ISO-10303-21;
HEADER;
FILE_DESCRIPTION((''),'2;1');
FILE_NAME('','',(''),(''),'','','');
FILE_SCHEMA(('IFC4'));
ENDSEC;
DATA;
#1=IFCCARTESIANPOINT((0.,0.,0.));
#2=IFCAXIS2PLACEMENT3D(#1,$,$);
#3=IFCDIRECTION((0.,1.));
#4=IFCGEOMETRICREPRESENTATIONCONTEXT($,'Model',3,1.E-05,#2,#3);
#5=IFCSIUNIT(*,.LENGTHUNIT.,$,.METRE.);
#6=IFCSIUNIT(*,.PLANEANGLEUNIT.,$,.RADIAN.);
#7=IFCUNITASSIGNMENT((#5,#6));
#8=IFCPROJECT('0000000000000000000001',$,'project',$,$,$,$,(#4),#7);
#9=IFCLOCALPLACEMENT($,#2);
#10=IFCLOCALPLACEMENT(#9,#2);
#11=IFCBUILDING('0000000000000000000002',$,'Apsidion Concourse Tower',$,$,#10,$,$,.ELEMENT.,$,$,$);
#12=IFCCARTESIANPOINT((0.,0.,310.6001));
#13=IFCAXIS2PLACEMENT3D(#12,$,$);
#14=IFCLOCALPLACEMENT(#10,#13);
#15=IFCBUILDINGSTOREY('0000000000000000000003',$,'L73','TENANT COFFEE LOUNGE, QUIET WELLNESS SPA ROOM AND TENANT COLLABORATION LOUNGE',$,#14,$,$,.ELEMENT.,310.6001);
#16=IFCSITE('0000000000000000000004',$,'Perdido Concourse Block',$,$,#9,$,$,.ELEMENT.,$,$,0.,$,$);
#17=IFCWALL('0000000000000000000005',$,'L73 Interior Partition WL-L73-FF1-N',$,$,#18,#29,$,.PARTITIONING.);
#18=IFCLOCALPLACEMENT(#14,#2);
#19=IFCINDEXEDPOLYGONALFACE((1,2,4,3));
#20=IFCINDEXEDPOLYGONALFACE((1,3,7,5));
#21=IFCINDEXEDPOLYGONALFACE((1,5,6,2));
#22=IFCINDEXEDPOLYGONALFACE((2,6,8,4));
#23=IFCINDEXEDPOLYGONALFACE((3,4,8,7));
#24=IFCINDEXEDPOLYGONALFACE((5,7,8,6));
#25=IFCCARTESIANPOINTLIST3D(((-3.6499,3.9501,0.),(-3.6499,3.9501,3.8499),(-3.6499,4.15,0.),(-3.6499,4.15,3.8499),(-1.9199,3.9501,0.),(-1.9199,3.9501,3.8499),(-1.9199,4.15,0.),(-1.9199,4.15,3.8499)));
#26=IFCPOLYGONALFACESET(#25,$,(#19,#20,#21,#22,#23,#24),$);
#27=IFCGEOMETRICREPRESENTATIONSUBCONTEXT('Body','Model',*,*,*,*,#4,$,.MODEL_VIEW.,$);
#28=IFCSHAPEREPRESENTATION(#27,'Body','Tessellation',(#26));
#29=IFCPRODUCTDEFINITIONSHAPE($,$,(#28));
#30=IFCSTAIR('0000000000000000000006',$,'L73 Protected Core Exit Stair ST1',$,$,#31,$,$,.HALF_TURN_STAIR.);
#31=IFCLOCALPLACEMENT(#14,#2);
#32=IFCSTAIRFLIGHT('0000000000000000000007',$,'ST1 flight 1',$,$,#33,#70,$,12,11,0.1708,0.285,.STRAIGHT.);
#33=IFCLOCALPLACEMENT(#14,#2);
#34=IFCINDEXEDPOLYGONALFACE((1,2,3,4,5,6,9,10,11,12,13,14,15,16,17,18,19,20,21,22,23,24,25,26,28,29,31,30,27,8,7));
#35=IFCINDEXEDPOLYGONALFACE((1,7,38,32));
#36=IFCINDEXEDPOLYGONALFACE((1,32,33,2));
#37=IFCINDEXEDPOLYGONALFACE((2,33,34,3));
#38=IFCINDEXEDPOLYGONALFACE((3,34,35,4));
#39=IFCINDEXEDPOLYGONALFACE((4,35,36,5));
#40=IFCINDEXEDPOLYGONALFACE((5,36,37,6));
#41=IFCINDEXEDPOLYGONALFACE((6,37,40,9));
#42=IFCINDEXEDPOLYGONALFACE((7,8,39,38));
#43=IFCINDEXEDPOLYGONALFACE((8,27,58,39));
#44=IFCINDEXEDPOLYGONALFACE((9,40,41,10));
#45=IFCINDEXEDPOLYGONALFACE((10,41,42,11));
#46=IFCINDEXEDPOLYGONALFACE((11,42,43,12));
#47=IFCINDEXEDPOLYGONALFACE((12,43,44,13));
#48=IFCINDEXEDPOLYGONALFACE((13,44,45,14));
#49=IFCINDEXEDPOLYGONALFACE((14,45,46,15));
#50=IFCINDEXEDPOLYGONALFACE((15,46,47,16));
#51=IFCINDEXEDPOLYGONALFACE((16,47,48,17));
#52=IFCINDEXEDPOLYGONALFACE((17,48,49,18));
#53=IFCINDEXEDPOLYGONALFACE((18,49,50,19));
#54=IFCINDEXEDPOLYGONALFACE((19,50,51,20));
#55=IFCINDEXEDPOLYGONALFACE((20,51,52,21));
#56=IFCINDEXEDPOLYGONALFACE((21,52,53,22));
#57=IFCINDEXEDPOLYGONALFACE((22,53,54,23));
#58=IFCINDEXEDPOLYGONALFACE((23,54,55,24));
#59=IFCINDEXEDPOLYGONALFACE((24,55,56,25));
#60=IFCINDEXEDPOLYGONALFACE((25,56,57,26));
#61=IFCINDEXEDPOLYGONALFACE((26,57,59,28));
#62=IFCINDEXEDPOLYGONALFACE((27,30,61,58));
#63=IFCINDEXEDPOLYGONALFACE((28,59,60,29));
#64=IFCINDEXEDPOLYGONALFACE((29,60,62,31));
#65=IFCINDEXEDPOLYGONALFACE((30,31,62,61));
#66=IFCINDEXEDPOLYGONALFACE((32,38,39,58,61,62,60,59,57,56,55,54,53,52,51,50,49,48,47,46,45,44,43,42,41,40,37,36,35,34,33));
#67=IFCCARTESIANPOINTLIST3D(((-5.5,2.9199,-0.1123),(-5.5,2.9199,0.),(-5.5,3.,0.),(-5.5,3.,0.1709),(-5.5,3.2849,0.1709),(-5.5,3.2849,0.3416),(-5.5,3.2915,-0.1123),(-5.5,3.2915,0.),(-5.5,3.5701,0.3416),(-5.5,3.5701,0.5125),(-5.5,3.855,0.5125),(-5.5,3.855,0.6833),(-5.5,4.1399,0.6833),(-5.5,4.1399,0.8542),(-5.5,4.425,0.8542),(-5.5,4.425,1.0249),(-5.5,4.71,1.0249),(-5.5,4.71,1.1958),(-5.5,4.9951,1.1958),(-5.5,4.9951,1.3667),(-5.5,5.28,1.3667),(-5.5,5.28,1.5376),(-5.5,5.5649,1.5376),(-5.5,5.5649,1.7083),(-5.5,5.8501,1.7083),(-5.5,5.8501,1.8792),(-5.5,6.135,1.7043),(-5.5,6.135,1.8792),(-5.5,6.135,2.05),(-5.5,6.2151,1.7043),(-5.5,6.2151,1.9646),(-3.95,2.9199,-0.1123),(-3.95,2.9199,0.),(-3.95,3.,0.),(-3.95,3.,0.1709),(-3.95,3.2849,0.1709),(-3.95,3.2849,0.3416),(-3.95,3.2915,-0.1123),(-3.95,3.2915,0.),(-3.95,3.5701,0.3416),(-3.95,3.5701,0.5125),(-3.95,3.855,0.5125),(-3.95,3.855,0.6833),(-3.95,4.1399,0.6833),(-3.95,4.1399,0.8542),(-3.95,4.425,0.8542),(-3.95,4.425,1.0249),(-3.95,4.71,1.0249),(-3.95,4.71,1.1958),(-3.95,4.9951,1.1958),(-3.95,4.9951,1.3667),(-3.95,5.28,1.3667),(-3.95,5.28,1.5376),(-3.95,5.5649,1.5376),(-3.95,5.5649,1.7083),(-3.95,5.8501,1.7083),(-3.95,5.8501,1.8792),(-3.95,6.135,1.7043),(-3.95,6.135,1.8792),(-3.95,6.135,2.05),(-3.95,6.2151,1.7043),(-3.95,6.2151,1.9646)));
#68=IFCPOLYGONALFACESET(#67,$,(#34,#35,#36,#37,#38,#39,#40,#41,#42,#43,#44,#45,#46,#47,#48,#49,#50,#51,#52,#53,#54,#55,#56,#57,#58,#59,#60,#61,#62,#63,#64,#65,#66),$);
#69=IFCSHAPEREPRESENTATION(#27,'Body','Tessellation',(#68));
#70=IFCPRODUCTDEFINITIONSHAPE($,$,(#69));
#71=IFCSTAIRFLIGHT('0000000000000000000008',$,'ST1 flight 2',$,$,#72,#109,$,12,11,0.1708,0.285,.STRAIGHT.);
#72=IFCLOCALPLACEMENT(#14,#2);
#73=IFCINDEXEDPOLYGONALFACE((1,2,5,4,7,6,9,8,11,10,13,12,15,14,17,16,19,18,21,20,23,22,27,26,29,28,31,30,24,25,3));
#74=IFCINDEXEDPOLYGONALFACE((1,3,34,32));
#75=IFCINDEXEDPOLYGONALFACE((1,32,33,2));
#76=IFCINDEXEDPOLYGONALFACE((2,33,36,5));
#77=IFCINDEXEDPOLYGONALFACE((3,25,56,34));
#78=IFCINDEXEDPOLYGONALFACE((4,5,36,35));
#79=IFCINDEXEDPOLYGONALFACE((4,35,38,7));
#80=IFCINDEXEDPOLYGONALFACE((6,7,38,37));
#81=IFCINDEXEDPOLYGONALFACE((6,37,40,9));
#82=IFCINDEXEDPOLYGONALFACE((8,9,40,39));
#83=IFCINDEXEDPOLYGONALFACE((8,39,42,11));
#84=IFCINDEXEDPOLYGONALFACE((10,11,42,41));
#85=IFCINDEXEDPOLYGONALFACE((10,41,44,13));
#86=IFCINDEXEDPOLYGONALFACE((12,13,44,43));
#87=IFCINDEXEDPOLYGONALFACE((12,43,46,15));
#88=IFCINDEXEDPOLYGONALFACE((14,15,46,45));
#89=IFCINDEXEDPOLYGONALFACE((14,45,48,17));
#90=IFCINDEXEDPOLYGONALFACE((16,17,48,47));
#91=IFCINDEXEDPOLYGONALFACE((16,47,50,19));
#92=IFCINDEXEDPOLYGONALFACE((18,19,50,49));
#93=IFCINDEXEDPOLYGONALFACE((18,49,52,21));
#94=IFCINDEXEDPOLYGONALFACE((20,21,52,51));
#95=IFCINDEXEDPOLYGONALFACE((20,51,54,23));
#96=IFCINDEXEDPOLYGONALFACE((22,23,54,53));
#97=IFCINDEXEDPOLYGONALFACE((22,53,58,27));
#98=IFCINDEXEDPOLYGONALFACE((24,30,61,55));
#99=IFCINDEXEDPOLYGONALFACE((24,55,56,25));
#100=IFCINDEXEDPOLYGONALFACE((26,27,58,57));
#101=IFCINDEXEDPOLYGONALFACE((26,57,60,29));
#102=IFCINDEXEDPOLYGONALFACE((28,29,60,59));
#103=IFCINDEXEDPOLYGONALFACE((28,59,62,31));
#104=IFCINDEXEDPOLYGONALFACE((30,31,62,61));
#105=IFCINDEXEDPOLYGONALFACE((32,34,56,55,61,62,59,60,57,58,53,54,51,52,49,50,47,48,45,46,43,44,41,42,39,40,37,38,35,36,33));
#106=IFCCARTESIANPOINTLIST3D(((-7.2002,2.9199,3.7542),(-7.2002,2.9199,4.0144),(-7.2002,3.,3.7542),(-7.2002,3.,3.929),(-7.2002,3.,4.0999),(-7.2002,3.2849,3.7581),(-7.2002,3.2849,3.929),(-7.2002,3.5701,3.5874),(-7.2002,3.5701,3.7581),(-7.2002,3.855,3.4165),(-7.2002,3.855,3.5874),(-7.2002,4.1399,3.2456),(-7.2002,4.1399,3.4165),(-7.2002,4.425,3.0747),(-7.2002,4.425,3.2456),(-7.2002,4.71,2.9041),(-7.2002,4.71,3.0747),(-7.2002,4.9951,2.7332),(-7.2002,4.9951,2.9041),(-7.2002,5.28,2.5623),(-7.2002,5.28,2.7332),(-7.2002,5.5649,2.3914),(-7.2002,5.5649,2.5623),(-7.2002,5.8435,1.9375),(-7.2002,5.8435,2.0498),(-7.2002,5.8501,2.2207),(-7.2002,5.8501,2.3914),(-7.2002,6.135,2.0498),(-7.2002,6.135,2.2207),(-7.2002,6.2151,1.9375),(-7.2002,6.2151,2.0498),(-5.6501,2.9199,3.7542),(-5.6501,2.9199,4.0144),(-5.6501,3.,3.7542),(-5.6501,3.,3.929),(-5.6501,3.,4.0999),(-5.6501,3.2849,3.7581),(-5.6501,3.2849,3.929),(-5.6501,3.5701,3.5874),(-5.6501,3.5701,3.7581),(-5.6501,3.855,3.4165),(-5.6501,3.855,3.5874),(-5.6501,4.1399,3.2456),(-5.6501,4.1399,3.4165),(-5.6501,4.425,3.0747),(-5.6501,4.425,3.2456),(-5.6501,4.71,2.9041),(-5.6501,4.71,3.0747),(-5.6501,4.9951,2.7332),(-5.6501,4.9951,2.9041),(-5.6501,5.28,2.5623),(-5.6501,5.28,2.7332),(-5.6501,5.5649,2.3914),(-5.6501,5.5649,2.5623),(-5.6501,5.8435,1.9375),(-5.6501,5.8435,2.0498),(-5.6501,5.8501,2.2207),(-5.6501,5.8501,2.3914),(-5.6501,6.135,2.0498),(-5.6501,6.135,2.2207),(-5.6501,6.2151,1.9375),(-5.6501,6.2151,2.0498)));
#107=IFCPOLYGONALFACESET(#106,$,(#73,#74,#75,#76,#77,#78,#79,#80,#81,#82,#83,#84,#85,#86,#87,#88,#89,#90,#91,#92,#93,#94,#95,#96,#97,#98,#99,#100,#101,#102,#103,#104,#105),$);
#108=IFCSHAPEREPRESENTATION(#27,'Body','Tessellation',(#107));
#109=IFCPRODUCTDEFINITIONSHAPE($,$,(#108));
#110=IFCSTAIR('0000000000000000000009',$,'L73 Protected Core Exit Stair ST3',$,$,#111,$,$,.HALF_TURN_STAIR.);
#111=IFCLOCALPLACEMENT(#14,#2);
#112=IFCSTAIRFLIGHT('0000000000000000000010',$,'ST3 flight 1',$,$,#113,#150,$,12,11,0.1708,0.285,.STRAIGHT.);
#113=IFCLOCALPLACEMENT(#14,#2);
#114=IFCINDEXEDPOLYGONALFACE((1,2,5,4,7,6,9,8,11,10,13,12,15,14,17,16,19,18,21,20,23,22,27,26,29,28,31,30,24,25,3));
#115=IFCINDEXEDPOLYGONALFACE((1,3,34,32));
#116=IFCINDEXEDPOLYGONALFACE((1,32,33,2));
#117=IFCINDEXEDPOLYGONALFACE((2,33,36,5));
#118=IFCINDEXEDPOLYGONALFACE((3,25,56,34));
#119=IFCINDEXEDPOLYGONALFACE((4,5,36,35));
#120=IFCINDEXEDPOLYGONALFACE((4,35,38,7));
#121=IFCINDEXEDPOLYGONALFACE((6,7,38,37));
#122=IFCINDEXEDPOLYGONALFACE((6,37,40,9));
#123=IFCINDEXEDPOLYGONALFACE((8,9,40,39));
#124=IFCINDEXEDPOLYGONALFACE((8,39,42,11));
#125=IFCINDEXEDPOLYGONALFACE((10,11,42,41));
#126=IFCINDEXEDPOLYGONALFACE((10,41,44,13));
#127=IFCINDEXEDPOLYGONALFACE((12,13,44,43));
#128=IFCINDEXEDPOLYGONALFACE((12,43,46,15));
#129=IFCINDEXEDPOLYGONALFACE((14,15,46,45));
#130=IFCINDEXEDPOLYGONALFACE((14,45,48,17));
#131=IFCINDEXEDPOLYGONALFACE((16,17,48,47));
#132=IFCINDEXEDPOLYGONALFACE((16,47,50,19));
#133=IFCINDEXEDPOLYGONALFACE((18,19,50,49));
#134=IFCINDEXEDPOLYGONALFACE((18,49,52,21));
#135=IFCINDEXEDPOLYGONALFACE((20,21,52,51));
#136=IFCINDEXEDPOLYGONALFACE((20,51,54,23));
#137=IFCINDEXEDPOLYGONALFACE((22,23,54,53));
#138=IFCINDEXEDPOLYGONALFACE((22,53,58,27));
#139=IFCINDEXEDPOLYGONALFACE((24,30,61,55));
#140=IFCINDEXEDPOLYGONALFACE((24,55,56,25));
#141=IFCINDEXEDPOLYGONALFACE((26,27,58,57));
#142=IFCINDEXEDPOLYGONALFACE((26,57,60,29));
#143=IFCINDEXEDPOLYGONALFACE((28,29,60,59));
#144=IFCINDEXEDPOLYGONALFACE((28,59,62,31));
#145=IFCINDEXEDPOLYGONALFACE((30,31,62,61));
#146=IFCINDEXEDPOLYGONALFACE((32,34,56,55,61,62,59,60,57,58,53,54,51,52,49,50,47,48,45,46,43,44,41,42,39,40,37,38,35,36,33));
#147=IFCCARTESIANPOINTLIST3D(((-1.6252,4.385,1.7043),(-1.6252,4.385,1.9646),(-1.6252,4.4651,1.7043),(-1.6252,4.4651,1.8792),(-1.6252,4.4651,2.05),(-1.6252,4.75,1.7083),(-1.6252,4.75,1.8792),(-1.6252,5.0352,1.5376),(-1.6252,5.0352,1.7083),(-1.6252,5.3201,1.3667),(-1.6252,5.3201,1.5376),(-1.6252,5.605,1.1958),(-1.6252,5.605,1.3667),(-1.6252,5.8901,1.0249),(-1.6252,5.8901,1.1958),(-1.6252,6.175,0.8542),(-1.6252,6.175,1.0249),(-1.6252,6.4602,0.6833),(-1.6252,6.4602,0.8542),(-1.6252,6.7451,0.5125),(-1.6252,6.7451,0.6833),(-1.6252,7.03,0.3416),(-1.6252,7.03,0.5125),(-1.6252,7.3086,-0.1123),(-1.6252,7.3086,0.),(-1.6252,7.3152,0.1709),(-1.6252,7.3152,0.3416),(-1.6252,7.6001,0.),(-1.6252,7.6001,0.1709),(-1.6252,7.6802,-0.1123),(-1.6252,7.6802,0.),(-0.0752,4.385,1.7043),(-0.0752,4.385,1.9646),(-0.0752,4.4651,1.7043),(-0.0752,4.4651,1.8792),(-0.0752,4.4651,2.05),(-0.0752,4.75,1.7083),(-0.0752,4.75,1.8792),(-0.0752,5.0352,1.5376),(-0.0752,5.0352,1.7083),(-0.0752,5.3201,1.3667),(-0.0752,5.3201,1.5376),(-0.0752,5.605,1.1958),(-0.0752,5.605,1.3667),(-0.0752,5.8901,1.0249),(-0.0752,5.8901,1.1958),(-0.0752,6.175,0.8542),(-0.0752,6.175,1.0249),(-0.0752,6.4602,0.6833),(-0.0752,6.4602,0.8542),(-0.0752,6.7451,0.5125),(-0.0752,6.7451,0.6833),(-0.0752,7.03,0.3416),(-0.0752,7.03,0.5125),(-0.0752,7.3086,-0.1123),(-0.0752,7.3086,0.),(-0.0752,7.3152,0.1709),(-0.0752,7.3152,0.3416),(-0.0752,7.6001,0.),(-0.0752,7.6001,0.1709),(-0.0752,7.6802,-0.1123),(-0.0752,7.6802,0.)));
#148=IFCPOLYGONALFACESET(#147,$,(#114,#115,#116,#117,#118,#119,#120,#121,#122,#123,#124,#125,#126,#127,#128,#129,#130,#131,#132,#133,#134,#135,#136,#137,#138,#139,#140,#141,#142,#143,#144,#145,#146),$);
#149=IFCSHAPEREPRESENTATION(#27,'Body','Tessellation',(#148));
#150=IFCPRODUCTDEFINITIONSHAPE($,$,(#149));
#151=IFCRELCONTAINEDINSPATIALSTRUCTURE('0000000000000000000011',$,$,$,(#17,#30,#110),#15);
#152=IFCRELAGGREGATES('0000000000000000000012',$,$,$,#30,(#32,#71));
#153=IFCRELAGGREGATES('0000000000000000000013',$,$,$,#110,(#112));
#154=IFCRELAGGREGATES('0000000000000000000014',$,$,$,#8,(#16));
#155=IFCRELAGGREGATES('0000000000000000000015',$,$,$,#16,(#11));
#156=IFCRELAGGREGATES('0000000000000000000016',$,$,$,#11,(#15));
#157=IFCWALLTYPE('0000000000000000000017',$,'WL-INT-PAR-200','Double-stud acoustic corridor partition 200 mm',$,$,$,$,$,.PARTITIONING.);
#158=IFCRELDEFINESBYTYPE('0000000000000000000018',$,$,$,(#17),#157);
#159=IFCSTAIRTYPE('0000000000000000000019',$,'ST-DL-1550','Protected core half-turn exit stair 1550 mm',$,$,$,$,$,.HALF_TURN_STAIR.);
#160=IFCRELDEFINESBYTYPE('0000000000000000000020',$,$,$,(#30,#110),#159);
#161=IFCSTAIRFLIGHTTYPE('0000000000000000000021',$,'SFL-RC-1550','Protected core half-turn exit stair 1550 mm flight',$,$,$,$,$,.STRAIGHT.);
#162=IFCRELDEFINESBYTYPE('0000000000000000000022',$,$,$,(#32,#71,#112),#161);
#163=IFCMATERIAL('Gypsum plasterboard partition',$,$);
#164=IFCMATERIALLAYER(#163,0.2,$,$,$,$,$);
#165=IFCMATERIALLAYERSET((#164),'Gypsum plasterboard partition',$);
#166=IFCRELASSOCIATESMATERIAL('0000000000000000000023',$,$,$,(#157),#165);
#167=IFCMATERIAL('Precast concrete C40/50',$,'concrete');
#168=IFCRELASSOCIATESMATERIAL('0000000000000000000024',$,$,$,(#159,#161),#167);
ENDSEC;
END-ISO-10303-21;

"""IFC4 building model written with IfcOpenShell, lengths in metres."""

from ifc_helpers import new_model, si_unit, direction, frame, frame_2d, origin, place, context, subcontext, project, spatial, polyline, rectangle, outline, extrude, material, layer, layer_set, type_object, element, aggregate, save


model = new_model("IFC4")

# Units and contexts
model_context = context("Model", 3, precision=1e-05, world=origin(), true_north=direction((0.0, 1.0)))
body_context = subcontext(model_context, "Body", "Model", "MODEL_VIEW")
ifc_project = project(units=[si_unit("LENGTHUNIT", "METRE"), si_unit("PLANEANGLEUNIT", "RADIAN")], contexts=[model_context])

# Site, building, storey
site_placement = place(None, origin())
site = spatial("IfcSite", under=ifc_project, at=site_placement, Name="Perdido Concourse Block", CompositionType="ELEMENT", RefElevation=0.0)
building_placement = place(site_placement, origin())
building = spatial("IfcBuilding", under=site, at=building_placement, Name="Apsidion Concourse Tower", CompositionType="ELEMENT")
storey_placement = place(building_placement, frame((0.0, 0.0, 310.6001)))
storey = spatial("IfcBuildingStorey", under=building, at=storey_placement, Name="L73", Description="TENANT COFFEE LOUNGE, QUIET WELLNESS SPA ROOM AND TENANT COLLABORATION LOUNGE", CompositionType="ELEMENT", Elevation=310.6001)

# Shared definitions
ifc_material_1 = material(Name="Gypsum plasterboard partition")

# Wall
ifc_layer_1 = layer(ifc_material_1, 0.2)
ifc_layer_set_1 = layer_set([ifc_layer_1], Name="Gypsum plasterboard partition")
wall_type_1 = type_object("IfcWallType", Name="WL-INT-PAR-200", Description="Double-stud acoustic corridor partition 200 mm", PredefinedType="PARTITIONING", material=ifc_layer_set_1)
wall_1_placement = place(storey_placement, frame((-3.6499, 4.05, 0.0), z_axis=(0.0, 0.0, 1.0), x_axis=(1.0, 0.0, 0.0)))
element("IfcWall", 1, at=wall_1_placement, inside=storey, type_object=wall_type_1, Name="L73 Interior Partition WL-L73-FF1-N", PredefinedType="PARTITIONING", context=body_context, shape_type="SweptSolid", body=[
    extrude(rectangle(XDim=1.73, YDim=0.2, at=frame_2d((0.865, 0.0))), origin(), (0.0, 0.0, 1.0), 3.8499),
])

# Stair, stair flights
ifc_material_2 = material(Name="Precast concrete C40/50", Category="concrete")
stair_type = type_object("IfcStairType", Name="ST-DL-1550", Description="Protected core half-turn exit stair 1550 mm", PredefinedType="HALF_TURN_STAIR", material=ifc_material_2)
stair_1_placement = place(storey_placement, origin())
stair_1 = element("IfcStair", 2, at=stair_1_placement, inside=storey, type_object=stair_type, Name="L73 Protected Core Exit Stair ST1", PredefinedType="HALF_TURN_STAIR")
stair_flight_type = type_object("IfcStairFlightType", Name="SFL-RC-1550", Description="Protected core half-turn exit stair 1550 mm flight", PredefinedType="STRAIGHT", material=ifc_material_2)
stair_flight_1_placement = place(storey_placement, frame((-4.7251, 3.0, 0.0), z_axis=(0.0, 0.0, 1.0), x_axis=(0.0, 1.0, 0.0)))
stair_flight_1 = element("IfcStairFlight", 3, at=stair_flight_1_placement, type_object=stair_flight_type, Name="ST1 flight 1", NumberOfRisers=12, NumberOfTreads=11, PredefinedType="STRAIGHT", RiserHeight=0.1708, TreadLength=0.285, context=body_context, shape_type="SweptSolid", body=[
    extrude(outline(polyline([(-0.0801, -0.1123), (-0.0801, 0.0), (0.0, 0.0), (0.0, 0.1709), (0.2849, 0.1709), (0.2849, 0.3416), (0.5701, 0.3416), (0.5701, 0.5125), (0.855, 0.5125), (0.855, 0.6833), (1.1399, 0.6833), (1.1399, 0.8542), (1.425, 0.8542), (1.425, 1.0249), (1.71, 1.0249), (1.71, 1.1958), (1.9951, 1.1958), (1.9951, 1.3667), (2.28, 1.3667), (2.28, 1.5376), (2.5649, 1.5376), (2.5649, 1.7083), (2.8501, 1.7083), (2.8501, 1.8792), (3.135, 1.8792), (3.135, 2.05), (3.2151, 1.9646), (3.2151, 1.7043), (3.135, 1.7043), (0.2915, 0.0), (0.2915, -0.1123), (-0.0801, -0.1123)])), frame((0.0, 0.7749, 0.0), z_axis=(0.0, -1.0, 0.0), x_axis=(1.0, 0.0, 0.0)), (0.0, 0.0, 1.0), 1.55),
])
stair_flight_2_placement = place(storey_placement, frame((-6.425, 6.135, 2.0498), z_axis=(0.0, 0.0, 1.0), x_axis=(0.0, -1.0, 0.0)))
stair_flight_2 = element("IfcStairFlight", 4, at=stair_flight_2_placement, type_object=stair_flight_type, Name="ST1 flight 2", NumberOfRisers=12, NumberOfTreads=11, PredefinedType="STRAIGHT", RiserHeight=0.1708, TreadLength=0.285, context=body_context, shape_type="SweptSolid", body=[
    extrude(outline(polyline([(-0.0801, -0.1123), (-0.0801, 0.0), (0.0, 0.0), (0.0, 0.1709), (0.2849, 0.1709), (0.2849, 0.3416), (0.5701, 0.3416), (0.5701, 0.5125), (0.855, 0.5125), (0.855, 0.6833), (1.1399, 0.6833), (1.1399, 0.8542), (1.425, 0.8542), (1.425, 1.0249), (1.71, 1.0249), (1.71, 1.1958), (1.9951, 1.1958), (1.9951, 1.3667), (2.28, 1.3667), (2.28, 1.5376), (2.5649, 1.5376), (2.5649, 1.7083), (2.8501, 1.7083), (2.8501, 1.8792), (3.135, 1.8792), (3.135, 2.05), (3.2151, 1.9646), (3.2151, 1.7043), (3.135, 1.7043), (0.2915, 0.0), (0.2915, -0.1123), (-0.0801, -0.1123)])), frame((0.0, 0.7749, 0.0), z_axis=(0.0, -1.0, 0.0), x_axis=(1.0, 0.0, 0.0)), (0.0, 0.0, 1.0), 1.55),
])
aggregate(stair_1, [stair_flight_1, stair_flight_2])

# Stair, stair flight
stair_2_placement = place(storey_placement, origin())
stair_2 = element("IfcStair", 5, at=stair_2_placement, inside=storey, type_object=stair_type, Name="L73 Protected Core Exit Stair ST3", PredefinedType="HALF_TURN_STAIR")
stair_flight_3_placement = place(storey_placement, frame((-0.8501, 7.6001, 0.0), z_axis=(0.0, 0.0, 1.0), x_axis=(0.0, -1.0, 0.0)))
stair_flight_3 = element("IfcStairFlight", 6, at=stair_flight_3_placement, type_object=stair_flight_type, Name="ST3 flight 1", NumberOfRisers=12, NumberOfTreads=11, PredefinedType="STRAIGHT", RiserHeight=0.1708, TreadLength=0.285, context=body_context, shape_type="SweptSolid", body=[
    extrude(outline(polyline([(-0.0801, -0.1123), (-0.0801, 0.0), (0.0, 0.0), (0.0, 0.1709), (0.2849, 0.1709), (0.2849, 0.3416), (0.5701, 0.3416), (0.5701, 0.5125), (0.855, 0.5125), (0.855, 0.6833), (1.1399, 0.6833), (1.1399, 0.8542), (1.425, 0.8542), (1.425, 1.0249), (1.71, 1.0249), (1.71, 1.1958), (1.9951, 1.1958), (1.9951, 1.3667), (2.28, 1.3667), (2.28, 1.5376), (2.5649, 1.5376), (2.5649, 1.7083), (2.8501, 1.7083), (2.8501, 1.8792), (3.135, 1.8792), (3.135, 2.05), (3.2151, 1.9646), (3.2151, 1.7043), (3.135, 1.7043), (0.2915, 0.0), (0.2915, -0.1123), (-0.0801, -0.1123)])), frame((0.0, 0.7749, 0.0), z_axis=(0.0, -1.0, 0.0), x_axis=(1.0, 0.0, 0.0)), (0.0, 0.0, 1.0), 1.55),
])
aggregate(stair_2, [stair_flight_3])

save(model, "model.ifc")
